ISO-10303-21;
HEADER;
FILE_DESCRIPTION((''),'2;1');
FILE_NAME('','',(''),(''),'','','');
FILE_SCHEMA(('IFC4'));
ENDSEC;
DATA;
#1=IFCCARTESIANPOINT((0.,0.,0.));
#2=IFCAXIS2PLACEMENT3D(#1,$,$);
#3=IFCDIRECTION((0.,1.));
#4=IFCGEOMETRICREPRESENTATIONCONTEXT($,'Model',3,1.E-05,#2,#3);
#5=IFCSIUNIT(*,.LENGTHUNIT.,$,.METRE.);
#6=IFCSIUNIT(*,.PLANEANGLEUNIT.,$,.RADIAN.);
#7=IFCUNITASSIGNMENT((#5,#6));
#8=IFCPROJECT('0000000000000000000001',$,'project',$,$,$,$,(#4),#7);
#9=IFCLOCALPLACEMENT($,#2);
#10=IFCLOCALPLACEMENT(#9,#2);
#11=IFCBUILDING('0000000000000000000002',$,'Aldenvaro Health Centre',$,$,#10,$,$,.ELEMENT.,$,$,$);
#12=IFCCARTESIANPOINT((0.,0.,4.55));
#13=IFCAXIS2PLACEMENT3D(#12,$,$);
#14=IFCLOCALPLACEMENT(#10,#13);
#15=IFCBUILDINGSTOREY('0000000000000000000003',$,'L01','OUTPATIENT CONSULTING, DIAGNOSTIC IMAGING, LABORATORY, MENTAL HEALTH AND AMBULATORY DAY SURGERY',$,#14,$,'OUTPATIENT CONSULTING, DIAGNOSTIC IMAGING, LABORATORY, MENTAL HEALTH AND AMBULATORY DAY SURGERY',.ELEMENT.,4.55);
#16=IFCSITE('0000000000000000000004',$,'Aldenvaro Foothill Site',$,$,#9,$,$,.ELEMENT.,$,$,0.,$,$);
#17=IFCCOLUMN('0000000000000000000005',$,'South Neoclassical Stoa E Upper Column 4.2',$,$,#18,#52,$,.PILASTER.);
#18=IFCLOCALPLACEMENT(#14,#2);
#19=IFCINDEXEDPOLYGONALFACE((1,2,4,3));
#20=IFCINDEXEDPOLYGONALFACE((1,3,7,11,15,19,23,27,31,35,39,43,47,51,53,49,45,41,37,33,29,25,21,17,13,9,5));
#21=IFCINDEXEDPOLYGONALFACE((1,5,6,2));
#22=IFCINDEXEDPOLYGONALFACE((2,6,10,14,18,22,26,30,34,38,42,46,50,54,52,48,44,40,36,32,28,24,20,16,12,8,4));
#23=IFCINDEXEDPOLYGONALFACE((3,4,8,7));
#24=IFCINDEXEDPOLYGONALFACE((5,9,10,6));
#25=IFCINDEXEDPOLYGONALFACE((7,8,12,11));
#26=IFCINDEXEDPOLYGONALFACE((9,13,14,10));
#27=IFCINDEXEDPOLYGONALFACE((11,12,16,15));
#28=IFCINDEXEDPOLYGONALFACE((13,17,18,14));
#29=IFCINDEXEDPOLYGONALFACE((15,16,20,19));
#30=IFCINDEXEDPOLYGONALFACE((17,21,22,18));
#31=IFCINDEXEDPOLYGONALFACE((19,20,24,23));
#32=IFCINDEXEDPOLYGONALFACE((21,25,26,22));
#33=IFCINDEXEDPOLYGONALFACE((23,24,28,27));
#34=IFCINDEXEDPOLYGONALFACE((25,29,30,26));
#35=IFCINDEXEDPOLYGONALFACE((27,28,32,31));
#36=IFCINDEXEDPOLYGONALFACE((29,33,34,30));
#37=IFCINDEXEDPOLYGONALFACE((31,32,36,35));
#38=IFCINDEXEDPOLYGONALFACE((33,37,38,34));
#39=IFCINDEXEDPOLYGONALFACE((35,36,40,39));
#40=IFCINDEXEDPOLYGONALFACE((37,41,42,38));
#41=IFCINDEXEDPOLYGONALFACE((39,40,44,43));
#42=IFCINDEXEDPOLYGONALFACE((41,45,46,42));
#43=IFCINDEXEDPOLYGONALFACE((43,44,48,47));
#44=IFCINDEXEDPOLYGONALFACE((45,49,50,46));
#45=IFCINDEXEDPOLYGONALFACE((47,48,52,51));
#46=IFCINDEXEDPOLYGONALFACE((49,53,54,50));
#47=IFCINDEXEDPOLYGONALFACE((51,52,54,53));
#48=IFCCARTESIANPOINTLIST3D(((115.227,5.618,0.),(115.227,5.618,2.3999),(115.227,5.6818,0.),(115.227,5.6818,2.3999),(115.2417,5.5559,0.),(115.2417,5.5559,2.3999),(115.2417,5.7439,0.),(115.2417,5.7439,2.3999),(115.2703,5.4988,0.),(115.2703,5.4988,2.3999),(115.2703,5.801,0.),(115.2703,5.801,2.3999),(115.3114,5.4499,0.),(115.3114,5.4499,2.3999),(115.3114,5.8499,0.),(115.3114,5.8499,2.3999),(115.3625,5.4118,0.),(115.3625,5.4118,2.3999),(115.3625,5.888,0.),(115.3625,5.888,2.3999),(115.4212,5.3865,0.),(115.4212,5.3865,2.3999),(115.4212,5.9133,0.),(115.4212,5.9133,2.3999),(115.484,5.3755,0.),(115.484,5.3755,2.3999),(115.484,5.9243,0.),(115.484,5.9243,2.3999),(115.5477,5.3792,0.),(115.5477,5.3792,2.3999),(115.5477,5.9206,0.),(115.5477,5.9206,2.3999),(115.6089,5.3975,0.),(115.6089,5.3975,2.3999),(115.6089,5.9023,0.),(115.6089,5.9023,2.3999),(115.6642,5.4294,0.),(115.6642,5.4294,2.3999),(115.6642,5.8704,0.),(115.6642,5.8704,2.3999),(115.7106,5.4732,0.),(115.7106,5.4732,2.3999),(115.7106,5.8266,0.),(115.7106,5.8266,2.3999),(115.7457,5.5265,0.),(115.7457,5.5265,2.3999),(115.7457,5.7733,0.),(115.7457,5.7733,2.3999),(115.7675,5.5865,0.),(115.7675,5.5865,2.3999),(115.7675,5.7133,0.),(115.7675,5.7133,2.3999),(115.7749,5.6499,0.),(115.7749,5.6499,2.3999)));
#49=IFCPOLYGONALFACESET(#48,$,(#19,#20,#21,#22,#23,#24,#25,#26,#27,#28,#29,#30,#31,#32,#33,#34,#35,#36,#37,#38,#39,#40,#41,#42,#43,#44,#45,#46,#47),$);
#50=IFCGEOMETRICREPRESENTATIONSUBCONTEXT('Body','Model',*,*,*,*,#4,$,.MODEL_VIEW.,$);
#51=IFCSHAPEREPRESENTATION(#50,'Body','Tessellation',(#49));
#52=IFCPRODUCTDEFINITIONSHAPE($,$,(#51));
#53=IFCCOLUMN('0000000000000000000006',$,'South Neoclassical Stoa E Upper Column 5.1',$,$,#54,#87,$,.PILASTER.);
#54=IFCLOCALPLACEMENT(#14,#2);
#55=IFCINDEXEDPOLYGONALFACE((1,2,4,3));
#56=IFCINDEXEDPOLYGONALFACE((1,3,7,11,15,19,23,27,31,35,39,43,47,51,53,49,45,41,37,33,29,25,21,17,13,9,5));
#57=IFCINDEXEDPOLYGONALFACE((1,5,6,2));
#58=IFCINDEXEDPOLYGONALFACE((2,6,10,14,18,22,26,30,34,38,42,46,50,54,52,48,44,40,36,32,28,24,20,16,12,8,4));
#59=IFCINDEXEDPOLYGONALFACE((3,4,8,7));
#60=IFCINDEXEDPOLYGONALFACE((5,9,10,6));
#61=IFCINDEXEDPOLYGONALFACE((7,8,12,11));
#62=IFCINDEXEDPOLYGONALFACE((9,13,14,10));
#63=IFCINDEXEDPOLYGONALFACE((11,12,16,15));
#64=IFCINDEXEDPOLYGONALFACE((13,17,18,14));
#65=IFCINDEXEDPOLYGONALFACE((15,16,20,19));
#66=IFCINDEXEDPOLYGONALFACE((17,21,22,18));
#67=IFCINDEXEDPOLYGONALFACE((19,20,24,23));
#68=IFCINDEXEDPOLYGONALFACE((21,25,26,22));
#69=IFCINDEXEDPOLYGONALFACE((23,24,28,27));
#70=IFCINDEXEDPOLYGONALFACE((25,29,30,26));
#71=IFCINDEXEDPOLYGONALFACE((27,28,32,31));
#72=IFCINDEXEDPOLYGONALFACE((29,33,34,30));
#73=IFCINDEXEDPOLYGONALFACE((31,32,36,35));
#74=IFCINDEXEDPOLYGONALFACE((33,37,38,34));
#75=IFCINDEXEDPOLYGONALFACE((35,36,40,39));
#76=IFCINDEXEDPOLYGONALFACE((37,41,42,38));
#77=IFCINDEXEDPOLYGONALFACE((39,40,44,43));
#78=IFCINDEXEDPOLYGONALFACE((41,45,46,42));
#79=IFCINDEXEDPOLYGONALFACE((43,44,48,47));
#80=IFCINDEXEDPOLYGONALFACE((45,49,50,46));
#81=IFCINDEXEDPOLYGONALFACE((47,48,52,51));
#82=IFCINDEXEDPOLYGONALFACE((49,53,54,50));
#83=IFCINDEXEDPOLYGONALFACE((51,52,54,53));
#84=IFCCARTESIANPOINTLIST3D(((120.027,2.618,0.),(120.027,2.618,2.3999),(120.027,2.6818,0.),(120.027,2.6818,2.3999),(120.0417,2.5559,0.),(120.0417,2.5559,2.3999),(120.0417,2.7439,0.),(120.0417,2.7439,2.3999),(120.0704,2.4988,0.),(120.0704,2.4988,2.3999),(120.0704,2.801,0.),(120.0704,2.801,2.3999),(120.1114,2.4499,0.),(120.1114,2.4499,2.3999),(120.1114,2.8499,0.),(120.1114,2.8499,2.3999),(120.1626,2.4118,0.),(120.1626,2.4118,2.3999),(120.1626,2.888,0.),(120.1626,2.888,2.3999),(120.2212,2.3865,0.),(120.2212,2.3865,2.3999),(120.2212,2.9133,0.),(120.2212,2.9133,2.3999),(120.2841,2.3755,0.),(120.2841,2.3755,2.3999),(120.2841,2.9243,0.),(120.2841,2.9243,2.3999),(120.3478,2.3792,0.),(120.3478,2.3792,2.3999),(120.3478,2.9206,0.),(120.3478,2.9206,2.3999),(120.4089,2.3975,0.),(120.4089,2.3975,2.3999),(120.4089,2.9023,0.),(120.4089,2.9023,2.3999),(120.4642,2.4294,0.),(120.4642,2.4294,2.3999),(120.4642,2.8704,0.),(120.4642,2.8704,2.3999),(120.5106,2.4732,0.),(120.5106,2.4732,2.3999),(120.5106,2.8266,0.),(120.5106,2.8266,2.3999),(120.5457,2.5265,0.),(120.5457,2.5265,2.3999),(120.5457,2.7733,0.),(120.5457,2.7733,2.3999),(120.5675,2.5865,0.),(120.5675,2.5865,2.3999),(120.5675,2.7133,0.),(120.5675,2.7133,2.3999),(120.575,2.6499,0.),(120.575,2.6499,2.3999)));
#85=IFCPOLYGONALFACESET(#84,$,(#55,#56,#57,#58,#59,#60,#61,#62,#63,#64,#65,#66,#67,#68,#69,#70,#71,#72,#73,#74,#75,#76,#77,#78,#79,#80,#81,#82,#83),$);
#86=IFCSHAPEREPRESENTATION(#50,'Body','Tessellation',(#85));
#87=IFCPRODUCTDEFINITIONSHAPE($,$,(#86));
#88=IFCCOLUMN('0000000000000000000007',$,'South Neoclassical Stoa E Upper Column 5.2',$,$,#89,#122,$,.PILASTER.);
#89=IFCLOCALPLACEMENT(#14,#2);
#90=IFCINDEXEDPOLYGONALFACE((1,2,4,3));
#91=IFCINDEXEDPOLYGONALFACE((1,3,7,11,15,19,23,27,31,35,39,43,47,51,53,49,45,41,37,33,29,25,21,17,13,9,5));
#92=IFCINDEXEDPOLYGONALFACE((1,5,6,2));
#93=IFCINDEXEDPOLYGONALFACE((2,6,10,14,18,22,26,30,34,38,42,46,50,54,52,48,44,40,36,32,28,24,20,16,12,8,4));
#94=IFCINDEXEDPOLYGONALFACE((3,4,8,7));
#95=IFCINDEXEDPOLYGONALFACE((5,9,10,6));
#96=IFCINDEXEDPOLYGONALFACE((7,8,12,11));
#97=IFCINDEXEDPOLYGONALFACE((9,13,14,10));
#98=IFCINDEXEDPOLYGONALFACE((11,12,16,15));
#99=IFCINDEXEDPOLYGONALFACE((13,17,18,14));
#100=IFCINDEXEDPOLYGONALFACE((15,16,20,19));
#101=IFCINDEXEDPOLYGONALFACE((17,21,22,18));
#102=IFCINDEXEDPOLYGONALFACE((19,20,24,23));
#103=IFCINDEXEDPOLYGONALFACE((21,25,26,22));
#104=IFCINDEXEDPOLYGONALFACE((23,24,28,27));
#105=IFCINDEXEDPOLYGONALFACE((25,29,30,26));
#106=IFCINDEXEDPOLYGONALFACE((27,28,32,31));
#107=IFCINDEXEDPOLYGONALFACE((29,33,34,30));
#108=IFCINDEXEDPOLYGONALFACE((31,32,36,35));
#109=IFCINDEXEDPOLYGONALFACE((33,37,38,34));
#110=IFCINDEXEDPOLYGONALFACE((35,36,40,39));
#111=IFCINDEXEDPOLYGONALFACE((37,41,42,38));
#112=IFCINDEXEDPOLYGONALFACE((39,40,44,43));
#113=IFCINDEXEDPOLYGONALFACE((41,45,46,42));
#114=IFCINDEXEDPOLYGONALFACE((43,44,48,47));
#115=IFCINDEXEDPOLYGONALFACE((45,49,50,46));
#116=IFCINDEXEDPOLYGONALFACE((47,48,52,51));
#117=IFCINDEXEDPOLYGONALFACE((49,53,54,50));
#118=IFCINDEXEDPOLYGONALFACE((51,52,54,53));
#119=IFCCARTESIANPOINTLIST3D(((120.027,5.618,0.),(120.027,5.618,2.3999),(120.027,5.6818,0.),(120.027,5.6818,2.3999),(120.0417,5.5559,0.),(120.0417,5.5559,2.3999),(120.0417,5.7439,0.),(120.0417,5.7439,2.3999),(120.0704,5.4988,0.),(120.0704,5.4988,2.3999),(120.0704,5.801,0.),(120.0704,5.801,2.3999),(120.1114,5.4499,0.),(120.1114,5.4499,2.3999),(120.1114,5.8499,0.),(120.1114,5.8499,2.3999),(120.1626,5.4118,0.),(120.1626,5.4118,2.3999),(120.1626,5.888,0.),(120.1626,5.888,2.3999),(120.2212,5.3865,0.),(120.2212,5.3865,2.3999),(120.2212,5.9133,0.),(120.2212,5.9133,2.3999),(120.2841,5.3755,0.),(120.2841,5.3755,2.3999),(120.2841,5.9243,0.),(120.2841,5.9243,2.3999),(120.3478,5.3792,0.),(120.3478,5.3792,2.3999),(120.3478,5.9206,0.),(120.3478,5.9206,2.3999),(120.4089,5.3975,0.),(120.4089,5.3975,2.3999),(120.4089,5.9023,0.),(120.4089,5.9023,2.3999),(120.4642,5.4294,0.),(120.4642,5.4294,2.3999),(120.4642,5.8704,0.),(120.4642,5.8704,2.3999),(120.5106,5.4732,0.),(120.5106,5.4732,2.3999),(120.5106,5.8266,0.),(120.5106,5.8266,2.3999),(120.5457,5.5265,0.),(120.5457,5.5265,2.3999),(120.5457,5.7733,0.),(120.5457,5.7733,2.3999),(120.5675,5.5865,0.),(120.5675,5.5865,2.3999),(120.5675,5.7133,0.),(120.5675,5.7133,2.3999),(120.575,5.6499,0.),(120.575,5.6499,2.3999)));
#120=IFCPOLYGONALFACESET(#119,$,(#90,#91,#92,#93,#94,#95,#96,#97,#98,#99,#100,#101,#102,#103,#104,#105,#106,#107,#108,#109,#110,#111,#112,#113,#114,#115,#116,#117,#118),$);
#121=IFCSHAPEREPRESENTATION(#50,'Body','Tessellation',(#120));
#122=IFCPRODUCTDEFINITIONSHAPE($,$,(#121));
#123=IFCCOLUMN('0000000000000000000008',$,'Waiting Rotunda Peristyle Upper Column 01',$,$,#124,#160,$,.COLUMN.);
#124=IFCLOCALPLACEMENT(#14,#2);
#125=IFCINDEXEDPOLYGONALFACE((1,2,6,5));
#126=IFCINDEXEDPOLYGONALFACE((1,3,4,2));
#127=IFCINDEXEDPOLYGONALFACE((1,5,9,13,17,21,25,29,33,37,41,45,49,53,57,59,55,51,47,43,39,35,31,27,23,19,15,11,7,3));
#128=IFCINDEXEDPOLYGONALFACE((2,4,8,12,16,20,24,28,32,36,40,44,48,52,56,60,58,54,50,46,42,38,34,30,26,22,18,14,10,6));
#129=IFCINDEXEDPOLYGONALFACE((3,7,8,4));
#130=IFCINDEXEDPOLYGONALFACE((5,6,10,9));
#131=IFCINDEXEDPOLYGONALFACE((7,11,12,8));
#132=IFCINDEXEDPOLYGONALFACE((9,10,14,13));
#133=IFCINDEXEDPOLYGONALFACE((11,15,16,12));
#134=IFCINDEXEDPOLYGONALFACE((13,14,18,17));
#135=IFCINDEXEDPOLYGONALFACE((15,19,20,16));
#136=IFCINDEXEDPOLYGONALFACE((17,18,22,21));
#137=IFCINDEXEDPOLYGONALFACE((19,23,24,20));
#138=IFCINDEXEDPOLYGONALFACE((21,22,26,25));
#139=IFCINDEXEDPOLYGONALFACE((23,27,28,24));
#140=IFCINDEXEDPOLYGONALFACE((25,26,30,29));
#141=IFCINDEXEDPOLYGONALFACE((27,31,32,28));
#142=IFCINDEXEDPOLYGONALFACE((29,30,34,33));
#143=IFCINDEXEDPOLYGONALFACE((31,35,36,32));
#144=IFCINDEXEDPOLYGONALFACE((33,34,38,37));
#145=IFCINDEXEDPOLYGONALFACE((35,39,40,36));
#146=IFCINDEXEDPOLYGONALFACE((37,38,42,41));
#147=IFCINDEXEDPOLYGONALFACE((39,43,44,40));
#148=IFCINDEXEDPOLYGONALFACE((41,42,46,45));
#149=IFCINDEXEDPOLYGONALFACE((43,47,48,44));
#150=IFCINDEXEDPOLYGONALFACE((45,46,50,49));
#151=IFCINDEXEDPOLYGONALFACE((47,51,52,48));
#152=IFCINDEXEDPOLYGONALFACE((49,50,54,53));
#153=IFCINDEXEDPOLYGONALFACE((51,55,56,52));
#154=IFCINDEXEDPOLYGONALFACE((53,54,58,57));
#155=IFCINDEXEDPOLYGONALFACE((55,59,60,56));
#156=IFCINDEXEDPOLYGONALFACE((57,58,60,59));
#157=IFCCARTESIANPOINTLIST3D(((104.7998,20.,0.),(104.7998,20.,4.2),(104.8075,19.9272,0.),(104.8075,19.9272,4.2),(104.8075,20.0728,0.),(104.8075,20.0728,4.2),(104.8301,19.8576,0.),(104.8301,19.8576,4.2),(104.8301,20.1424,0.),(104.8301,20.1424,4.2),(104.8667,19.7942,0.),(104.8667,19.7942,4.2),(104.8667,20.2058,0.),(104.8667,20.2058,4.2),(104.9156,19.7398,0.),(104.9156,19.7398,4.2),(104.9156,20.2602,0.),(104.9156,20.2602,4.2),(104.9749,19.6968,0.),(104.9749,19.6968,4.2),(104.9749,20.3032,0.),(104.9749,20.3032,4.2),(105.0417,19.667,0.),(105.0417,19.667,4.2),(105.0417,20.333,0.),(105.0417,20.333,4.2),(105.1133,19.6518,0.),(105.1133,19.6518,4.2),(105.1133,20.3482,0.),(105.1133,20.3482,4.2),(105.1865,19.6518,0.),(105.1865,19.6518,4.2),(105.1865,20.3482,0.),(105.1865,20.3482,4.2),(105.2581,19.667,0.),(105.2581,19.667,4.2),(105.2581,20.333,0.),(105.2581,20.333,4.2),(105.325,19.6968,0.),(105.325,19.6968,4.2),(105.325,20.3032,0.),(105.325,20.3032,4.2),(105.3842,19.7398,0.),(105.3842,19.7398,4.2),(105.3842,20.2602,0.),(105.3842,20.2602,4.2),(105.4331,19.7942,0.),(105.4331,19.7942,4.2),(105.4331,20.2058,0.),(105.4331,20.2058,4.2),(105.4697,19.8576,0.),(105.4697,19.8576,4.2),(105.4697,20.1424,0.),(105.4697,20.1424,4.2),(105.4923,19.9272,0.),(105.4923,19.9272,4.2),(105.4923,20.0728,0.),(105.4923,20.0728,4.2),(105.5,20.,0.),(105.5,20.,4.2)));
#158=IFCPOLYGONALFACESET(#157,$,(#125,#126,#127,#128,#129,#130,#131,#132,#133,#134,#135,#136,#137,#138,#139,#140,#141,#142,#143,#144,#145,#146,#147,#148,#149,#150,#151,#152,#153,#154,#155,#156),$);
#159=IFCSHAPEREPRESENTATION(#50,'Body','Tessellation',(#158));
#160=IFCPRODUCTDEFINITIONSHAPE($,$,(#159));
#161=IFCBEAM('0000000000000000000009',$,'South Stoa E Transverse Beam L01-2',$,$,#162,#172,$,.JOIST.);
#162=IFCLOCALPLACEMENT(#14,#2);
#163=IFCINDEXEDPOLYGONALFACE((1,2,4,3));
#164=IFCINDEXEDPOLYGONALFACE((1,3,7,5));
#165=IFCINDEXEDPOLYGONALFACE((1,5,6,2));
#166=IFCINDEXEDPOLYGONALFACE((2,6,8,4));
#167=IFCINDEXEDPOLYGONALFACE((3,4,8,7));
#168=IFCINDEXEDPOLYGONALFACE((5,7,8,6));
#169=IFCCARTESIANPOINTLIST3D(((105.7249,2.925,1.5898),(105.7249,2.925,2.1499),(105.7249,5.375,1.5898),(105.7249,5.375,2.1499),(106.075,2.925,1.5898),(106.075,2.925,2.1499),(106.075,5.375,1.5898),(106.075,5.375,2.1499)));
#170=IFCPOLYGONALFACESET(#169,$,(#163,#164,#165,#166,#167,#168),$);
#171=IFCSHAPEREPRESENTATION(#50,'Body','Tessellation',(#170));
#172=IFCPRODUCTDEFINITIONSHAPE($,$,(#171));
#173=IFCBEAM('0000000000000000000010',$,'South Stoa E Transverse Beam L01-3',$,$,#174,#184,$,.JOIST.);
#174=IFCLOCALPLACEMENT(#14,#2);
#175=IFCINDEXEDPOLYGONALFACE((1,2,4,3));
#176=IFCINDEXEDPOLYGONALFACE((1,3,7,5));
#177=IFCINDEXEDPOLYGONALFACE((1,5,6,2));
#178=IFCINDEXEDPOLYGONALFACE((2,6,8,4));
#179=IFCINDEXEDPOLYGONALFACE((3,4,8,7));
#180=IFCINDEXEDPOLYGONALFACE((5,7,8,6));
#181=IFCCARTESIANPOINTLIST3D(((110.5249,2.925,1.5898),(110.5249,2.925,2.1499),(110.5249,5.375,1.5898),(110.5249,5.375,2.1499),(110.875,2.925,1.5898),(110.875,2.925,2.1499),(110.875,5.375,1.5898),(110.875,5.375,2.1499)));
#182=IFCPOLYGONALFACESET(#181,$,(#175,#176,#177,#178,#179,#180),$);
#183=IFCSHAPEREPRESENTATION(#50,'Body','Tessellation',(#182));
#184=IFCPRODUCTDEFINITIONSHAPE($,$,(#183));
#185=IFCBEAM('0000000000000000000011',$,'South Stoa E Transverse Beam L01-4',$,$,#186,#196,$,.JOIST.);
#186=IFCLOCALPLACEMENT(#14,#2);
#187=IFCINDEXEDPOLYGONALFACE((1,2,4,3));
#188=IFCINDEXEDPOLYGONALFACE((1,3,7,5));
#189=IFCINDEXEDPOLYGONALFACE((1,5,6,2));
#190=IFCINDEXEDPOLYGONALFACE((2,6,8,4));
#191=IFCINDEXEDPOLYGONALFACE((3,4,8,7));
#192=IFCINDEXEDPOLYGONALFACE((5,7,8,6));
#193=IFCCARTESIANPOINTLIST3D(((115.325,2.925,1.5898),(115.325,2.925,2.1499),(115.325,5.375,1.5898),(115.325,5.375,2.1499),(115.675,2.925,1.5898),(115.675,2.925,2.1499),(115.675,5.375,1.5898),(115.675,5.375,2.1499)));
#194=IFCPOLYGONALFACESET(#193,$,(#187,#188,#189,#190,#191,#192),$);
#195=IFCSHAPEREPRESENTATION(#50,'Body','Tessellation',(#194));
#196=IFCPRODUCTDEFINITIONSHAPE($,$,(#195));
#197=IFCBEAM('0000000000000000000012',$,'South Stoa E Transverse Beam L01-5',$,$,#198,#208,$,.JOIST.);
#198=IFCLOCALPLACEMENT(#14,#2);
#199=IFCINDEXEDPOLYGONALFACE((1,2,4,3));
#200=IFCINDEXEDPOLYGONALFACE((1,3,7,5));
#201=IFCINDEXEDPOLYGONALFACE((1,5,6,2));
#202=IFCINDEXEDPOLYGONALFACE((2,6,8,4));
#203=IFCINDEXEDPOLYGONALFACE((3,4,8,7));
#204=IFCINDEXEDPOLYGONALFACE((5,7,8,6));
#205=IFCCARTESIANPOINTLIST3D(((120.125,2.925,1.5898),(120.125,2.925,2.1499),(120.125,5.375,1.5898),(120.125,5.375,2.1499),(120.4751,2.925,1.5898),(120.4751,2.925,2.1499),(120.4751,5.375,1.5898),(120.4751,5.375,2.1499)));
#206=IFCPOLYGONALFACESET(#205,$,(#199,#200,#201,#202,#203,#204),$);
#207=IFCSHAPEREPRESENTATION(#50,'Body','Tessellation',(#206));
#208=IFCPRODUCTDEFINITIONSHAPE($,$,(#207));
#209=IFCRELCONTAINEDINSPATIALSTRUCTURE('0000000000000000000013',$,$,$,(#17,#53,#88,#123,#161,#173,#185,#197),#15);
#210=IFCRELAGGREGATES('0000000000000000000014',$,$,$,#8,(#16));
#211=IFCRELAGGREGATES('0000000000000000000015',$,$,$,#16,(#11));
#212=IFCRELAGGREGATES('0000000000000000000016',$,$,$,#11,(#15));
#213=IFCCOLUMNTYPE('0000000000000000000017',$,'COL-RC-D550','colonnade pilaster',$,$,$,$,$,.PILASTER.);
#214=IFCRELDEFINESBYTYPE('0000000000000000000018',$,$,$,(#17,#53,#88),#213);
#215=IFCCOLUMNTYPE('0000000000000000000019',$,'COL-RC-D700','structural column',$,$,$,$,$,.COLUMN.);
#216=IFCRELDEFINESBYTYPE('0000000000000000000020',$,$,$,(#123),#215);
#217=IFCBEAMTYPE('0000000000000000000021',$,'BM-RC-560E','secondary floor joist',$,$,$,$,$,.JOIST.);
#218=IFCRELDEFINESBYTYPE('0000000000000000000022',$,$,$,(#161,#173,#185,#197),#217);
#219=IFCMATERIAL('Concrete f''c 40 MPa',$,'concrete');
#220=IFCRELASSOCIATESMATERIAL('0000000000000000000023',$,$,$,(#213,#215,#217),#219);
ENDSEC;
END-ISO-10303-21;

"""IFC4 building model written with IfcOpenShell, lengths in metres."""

from ifc_helpers import new_model, si_unit, direction, frame, origin, origin_2d, place, context, subcontext, project, spatial, rectangle, circle, extrude, material, material_profile, profile_set, type_object, element, save


model = new_model("IFC4")

# Units and contexts
model_context = context("Model", 3, precision=1e-05, world=origin(), true_north=direction((0.0, 1.0)))
body_context = subcontext(model_context, "Body", "Model", "MODEL_VIEW")
ifc_project = project(units=[si_unit("LENGTHUNIT", "METRE"), si_unit("PLANEANGLEUNIT", "RADIAN")], contexts=[model_context])

# Site, building, storey
site_placement = place(None, origin())
site = spatial("IfcSite", under=ifc_project, at=site_placement, Name="Aldenvaro Foothill Site", CompositionType="ELEMENT", RefElevation=0.0)
building_placement = place(site_placement, origin())
building = spatial("IfcBuilding", under=site, at=building_placement, Name="Aldenvaro Health Centre", CompositionType="ELEMENT")
storey_placement = place(building_placement, frame((0.0, 0.0, 4.55)))
storey = spatial("IfcBuildingStorey", under=building, at=storey_placement, Name="L01", Description="OUTPATIENT CONSULTING, DIAGNOSTIC IMAGING, LABORATORY, MENTAL HEALTH AND AMBULATORY DAY SURGERY", LongName="OUTPATIENT CONSULTING, DIAGNOSTIC IMAGING, LABORATORY, MENTAL HEALTH AND AMBULATORY DAY SURGERY", CompositionType="ELEMENT", Elevation=4.55)

# Columns
ifc_material = material(Name="Concrete f'c 40 MPa", Category="concrete")
ifc_material_profile_1 = material_profile(ifc_material, circle(Radius=0.2749, at=origin_2d()), Name="RC D550", Category="concrete")
ifc_profile_set_1 = profile_set([ifc_material_profile_1], Name="Concrete f'c 40 MPa")
column_type_1 = type_object("IfcColumnType", Name="COL-RC-D550", Description="colonnade pilaster", PredefinedType="PILASTER", material=ifc_profile_set_1)
for number, where, z_axis, x_axis, name in (
    (1, (115.5, 5.6499, 0.0), (0.0, 0.0, 1.0), (1.0, 0.0, 0.0), "South Neoclassical Stoa E Upper Column 4.2"),
    (2, (120.3, 2.6499, 0.0), (0.0, 0.0, 1.0), (1.0, 0.0, 0.0), "South Neoclassical Stoa E Upper Column 5.1"),
    (3, (120.3, 5.6499, 0.0), (0.0, 0.0, 1.0), (1.0, 0.0, 0.0), "South Neoclassical Stoa E Upper Column 5.2"),
):
    element("IfcColumn", number, at=place(storey_placement, frame(where, z_axis=z_axis, x_axis=x_axis)), inside=storey, type_object=column_type_1, Name=name, PredefinedType="PILASTER", context=body_context, shape_type="SweptSolid", body=[
        extrude(circle(Radius=0.2749, at=origin_2d()), origin(), (0.0, 0.0, 1.0), 2.3999),
    ])
ifc_material_profile_2 = material_profile(ifc_material, circle(Radius=0.3501, at=origin_2d()), Name="RC D700", Category="concrete")
ifc_profile_set_2 = profile_set([ifc_material_profile_2], Name="Concrete f'c 40 MPa")
column_type_2 = type_object("IfcColumnType", Name="COL-RC-D700", Description="structural column", PredefinedType="COLUMN", material=ifc_profile_set_2)
column_placement = place(storey_placement, frame((105.1499, 20.0, 0.0), z_axis=(0.0, 0.0, 1.0), x_axis=(1.0, 0.0, 0.0)))
element("IfcColumn", 4, at=column_placement, inside=storey, type_object=column_type_2, Name="Waiting Rotunda Peristyle Upper Column 01", PredefinedType="COLUMN", context=body_context, shape_type="SweptSolid", body=[
    extrude(circle(Radius=0.3501, at=origin_2d()), origin(), (0.0, 0.0, 1.0), 4.2),
])

# Beams
ifc_material_profile_3 = material_profile(ifc_material, rectangle(XDim=0.3501, YDim=0.5601, at=origin_2d()), Name="RC 350x560", Category="concrete")
ifc_profile_set_3 = profile_set([ifc_material_profile_3], Name="Concrete f'c 40 MPa")
beam_type_1 = type_object("IfcBeamType", Name="BM-RC-560E", Description="secondary floor joist", PredefinedType="JOIST", material=ifc_profile_set_3)
for number, where, z_axis, x_axis, name in (
    (5, (105.8999, 2.925, 1.8699), (0.0, 1.0, 0.0), (-1.0, 0.0, 0.0), "South Stoa E Transverse Beam L01-2"),
    (6, (110.7, 2.925, 1.8699), (0.0, 1.0, 0.0), (-1.0, 0.0, 0.0), "South Stoa E Transverse Beam L01-3"),
    (7, (115.5, 2.925, 1.8699), (0.0, 1.0, 0.0), (-1.0, 0.0, 0.0), "South Stoa E Transverse Beam L01-4"),
    (8, (120.3, 2.925, 1.8699), (0.0, 1.0, 0.0), (-1.0, 0.0, 0.0), "South Stoa E Transverse Beam L01-5"),
):
    element("IfcBeam", number, at=place(storey_placement, frame(where, z_axis=z_axis, x_axis=x_axis)), inside=storey, type_object=beam_type_1, Name=name, PredefinedType="JOIST", context=body_context, shape_type="SweptSolid", body=[
        extrude(rectangle(XDim=0.3501, YDim=0.5601, at=origin_2d()), origin(), (0.0, 0.0, 1.0), 2.45),
    ])

save(model, "model.ifc")
